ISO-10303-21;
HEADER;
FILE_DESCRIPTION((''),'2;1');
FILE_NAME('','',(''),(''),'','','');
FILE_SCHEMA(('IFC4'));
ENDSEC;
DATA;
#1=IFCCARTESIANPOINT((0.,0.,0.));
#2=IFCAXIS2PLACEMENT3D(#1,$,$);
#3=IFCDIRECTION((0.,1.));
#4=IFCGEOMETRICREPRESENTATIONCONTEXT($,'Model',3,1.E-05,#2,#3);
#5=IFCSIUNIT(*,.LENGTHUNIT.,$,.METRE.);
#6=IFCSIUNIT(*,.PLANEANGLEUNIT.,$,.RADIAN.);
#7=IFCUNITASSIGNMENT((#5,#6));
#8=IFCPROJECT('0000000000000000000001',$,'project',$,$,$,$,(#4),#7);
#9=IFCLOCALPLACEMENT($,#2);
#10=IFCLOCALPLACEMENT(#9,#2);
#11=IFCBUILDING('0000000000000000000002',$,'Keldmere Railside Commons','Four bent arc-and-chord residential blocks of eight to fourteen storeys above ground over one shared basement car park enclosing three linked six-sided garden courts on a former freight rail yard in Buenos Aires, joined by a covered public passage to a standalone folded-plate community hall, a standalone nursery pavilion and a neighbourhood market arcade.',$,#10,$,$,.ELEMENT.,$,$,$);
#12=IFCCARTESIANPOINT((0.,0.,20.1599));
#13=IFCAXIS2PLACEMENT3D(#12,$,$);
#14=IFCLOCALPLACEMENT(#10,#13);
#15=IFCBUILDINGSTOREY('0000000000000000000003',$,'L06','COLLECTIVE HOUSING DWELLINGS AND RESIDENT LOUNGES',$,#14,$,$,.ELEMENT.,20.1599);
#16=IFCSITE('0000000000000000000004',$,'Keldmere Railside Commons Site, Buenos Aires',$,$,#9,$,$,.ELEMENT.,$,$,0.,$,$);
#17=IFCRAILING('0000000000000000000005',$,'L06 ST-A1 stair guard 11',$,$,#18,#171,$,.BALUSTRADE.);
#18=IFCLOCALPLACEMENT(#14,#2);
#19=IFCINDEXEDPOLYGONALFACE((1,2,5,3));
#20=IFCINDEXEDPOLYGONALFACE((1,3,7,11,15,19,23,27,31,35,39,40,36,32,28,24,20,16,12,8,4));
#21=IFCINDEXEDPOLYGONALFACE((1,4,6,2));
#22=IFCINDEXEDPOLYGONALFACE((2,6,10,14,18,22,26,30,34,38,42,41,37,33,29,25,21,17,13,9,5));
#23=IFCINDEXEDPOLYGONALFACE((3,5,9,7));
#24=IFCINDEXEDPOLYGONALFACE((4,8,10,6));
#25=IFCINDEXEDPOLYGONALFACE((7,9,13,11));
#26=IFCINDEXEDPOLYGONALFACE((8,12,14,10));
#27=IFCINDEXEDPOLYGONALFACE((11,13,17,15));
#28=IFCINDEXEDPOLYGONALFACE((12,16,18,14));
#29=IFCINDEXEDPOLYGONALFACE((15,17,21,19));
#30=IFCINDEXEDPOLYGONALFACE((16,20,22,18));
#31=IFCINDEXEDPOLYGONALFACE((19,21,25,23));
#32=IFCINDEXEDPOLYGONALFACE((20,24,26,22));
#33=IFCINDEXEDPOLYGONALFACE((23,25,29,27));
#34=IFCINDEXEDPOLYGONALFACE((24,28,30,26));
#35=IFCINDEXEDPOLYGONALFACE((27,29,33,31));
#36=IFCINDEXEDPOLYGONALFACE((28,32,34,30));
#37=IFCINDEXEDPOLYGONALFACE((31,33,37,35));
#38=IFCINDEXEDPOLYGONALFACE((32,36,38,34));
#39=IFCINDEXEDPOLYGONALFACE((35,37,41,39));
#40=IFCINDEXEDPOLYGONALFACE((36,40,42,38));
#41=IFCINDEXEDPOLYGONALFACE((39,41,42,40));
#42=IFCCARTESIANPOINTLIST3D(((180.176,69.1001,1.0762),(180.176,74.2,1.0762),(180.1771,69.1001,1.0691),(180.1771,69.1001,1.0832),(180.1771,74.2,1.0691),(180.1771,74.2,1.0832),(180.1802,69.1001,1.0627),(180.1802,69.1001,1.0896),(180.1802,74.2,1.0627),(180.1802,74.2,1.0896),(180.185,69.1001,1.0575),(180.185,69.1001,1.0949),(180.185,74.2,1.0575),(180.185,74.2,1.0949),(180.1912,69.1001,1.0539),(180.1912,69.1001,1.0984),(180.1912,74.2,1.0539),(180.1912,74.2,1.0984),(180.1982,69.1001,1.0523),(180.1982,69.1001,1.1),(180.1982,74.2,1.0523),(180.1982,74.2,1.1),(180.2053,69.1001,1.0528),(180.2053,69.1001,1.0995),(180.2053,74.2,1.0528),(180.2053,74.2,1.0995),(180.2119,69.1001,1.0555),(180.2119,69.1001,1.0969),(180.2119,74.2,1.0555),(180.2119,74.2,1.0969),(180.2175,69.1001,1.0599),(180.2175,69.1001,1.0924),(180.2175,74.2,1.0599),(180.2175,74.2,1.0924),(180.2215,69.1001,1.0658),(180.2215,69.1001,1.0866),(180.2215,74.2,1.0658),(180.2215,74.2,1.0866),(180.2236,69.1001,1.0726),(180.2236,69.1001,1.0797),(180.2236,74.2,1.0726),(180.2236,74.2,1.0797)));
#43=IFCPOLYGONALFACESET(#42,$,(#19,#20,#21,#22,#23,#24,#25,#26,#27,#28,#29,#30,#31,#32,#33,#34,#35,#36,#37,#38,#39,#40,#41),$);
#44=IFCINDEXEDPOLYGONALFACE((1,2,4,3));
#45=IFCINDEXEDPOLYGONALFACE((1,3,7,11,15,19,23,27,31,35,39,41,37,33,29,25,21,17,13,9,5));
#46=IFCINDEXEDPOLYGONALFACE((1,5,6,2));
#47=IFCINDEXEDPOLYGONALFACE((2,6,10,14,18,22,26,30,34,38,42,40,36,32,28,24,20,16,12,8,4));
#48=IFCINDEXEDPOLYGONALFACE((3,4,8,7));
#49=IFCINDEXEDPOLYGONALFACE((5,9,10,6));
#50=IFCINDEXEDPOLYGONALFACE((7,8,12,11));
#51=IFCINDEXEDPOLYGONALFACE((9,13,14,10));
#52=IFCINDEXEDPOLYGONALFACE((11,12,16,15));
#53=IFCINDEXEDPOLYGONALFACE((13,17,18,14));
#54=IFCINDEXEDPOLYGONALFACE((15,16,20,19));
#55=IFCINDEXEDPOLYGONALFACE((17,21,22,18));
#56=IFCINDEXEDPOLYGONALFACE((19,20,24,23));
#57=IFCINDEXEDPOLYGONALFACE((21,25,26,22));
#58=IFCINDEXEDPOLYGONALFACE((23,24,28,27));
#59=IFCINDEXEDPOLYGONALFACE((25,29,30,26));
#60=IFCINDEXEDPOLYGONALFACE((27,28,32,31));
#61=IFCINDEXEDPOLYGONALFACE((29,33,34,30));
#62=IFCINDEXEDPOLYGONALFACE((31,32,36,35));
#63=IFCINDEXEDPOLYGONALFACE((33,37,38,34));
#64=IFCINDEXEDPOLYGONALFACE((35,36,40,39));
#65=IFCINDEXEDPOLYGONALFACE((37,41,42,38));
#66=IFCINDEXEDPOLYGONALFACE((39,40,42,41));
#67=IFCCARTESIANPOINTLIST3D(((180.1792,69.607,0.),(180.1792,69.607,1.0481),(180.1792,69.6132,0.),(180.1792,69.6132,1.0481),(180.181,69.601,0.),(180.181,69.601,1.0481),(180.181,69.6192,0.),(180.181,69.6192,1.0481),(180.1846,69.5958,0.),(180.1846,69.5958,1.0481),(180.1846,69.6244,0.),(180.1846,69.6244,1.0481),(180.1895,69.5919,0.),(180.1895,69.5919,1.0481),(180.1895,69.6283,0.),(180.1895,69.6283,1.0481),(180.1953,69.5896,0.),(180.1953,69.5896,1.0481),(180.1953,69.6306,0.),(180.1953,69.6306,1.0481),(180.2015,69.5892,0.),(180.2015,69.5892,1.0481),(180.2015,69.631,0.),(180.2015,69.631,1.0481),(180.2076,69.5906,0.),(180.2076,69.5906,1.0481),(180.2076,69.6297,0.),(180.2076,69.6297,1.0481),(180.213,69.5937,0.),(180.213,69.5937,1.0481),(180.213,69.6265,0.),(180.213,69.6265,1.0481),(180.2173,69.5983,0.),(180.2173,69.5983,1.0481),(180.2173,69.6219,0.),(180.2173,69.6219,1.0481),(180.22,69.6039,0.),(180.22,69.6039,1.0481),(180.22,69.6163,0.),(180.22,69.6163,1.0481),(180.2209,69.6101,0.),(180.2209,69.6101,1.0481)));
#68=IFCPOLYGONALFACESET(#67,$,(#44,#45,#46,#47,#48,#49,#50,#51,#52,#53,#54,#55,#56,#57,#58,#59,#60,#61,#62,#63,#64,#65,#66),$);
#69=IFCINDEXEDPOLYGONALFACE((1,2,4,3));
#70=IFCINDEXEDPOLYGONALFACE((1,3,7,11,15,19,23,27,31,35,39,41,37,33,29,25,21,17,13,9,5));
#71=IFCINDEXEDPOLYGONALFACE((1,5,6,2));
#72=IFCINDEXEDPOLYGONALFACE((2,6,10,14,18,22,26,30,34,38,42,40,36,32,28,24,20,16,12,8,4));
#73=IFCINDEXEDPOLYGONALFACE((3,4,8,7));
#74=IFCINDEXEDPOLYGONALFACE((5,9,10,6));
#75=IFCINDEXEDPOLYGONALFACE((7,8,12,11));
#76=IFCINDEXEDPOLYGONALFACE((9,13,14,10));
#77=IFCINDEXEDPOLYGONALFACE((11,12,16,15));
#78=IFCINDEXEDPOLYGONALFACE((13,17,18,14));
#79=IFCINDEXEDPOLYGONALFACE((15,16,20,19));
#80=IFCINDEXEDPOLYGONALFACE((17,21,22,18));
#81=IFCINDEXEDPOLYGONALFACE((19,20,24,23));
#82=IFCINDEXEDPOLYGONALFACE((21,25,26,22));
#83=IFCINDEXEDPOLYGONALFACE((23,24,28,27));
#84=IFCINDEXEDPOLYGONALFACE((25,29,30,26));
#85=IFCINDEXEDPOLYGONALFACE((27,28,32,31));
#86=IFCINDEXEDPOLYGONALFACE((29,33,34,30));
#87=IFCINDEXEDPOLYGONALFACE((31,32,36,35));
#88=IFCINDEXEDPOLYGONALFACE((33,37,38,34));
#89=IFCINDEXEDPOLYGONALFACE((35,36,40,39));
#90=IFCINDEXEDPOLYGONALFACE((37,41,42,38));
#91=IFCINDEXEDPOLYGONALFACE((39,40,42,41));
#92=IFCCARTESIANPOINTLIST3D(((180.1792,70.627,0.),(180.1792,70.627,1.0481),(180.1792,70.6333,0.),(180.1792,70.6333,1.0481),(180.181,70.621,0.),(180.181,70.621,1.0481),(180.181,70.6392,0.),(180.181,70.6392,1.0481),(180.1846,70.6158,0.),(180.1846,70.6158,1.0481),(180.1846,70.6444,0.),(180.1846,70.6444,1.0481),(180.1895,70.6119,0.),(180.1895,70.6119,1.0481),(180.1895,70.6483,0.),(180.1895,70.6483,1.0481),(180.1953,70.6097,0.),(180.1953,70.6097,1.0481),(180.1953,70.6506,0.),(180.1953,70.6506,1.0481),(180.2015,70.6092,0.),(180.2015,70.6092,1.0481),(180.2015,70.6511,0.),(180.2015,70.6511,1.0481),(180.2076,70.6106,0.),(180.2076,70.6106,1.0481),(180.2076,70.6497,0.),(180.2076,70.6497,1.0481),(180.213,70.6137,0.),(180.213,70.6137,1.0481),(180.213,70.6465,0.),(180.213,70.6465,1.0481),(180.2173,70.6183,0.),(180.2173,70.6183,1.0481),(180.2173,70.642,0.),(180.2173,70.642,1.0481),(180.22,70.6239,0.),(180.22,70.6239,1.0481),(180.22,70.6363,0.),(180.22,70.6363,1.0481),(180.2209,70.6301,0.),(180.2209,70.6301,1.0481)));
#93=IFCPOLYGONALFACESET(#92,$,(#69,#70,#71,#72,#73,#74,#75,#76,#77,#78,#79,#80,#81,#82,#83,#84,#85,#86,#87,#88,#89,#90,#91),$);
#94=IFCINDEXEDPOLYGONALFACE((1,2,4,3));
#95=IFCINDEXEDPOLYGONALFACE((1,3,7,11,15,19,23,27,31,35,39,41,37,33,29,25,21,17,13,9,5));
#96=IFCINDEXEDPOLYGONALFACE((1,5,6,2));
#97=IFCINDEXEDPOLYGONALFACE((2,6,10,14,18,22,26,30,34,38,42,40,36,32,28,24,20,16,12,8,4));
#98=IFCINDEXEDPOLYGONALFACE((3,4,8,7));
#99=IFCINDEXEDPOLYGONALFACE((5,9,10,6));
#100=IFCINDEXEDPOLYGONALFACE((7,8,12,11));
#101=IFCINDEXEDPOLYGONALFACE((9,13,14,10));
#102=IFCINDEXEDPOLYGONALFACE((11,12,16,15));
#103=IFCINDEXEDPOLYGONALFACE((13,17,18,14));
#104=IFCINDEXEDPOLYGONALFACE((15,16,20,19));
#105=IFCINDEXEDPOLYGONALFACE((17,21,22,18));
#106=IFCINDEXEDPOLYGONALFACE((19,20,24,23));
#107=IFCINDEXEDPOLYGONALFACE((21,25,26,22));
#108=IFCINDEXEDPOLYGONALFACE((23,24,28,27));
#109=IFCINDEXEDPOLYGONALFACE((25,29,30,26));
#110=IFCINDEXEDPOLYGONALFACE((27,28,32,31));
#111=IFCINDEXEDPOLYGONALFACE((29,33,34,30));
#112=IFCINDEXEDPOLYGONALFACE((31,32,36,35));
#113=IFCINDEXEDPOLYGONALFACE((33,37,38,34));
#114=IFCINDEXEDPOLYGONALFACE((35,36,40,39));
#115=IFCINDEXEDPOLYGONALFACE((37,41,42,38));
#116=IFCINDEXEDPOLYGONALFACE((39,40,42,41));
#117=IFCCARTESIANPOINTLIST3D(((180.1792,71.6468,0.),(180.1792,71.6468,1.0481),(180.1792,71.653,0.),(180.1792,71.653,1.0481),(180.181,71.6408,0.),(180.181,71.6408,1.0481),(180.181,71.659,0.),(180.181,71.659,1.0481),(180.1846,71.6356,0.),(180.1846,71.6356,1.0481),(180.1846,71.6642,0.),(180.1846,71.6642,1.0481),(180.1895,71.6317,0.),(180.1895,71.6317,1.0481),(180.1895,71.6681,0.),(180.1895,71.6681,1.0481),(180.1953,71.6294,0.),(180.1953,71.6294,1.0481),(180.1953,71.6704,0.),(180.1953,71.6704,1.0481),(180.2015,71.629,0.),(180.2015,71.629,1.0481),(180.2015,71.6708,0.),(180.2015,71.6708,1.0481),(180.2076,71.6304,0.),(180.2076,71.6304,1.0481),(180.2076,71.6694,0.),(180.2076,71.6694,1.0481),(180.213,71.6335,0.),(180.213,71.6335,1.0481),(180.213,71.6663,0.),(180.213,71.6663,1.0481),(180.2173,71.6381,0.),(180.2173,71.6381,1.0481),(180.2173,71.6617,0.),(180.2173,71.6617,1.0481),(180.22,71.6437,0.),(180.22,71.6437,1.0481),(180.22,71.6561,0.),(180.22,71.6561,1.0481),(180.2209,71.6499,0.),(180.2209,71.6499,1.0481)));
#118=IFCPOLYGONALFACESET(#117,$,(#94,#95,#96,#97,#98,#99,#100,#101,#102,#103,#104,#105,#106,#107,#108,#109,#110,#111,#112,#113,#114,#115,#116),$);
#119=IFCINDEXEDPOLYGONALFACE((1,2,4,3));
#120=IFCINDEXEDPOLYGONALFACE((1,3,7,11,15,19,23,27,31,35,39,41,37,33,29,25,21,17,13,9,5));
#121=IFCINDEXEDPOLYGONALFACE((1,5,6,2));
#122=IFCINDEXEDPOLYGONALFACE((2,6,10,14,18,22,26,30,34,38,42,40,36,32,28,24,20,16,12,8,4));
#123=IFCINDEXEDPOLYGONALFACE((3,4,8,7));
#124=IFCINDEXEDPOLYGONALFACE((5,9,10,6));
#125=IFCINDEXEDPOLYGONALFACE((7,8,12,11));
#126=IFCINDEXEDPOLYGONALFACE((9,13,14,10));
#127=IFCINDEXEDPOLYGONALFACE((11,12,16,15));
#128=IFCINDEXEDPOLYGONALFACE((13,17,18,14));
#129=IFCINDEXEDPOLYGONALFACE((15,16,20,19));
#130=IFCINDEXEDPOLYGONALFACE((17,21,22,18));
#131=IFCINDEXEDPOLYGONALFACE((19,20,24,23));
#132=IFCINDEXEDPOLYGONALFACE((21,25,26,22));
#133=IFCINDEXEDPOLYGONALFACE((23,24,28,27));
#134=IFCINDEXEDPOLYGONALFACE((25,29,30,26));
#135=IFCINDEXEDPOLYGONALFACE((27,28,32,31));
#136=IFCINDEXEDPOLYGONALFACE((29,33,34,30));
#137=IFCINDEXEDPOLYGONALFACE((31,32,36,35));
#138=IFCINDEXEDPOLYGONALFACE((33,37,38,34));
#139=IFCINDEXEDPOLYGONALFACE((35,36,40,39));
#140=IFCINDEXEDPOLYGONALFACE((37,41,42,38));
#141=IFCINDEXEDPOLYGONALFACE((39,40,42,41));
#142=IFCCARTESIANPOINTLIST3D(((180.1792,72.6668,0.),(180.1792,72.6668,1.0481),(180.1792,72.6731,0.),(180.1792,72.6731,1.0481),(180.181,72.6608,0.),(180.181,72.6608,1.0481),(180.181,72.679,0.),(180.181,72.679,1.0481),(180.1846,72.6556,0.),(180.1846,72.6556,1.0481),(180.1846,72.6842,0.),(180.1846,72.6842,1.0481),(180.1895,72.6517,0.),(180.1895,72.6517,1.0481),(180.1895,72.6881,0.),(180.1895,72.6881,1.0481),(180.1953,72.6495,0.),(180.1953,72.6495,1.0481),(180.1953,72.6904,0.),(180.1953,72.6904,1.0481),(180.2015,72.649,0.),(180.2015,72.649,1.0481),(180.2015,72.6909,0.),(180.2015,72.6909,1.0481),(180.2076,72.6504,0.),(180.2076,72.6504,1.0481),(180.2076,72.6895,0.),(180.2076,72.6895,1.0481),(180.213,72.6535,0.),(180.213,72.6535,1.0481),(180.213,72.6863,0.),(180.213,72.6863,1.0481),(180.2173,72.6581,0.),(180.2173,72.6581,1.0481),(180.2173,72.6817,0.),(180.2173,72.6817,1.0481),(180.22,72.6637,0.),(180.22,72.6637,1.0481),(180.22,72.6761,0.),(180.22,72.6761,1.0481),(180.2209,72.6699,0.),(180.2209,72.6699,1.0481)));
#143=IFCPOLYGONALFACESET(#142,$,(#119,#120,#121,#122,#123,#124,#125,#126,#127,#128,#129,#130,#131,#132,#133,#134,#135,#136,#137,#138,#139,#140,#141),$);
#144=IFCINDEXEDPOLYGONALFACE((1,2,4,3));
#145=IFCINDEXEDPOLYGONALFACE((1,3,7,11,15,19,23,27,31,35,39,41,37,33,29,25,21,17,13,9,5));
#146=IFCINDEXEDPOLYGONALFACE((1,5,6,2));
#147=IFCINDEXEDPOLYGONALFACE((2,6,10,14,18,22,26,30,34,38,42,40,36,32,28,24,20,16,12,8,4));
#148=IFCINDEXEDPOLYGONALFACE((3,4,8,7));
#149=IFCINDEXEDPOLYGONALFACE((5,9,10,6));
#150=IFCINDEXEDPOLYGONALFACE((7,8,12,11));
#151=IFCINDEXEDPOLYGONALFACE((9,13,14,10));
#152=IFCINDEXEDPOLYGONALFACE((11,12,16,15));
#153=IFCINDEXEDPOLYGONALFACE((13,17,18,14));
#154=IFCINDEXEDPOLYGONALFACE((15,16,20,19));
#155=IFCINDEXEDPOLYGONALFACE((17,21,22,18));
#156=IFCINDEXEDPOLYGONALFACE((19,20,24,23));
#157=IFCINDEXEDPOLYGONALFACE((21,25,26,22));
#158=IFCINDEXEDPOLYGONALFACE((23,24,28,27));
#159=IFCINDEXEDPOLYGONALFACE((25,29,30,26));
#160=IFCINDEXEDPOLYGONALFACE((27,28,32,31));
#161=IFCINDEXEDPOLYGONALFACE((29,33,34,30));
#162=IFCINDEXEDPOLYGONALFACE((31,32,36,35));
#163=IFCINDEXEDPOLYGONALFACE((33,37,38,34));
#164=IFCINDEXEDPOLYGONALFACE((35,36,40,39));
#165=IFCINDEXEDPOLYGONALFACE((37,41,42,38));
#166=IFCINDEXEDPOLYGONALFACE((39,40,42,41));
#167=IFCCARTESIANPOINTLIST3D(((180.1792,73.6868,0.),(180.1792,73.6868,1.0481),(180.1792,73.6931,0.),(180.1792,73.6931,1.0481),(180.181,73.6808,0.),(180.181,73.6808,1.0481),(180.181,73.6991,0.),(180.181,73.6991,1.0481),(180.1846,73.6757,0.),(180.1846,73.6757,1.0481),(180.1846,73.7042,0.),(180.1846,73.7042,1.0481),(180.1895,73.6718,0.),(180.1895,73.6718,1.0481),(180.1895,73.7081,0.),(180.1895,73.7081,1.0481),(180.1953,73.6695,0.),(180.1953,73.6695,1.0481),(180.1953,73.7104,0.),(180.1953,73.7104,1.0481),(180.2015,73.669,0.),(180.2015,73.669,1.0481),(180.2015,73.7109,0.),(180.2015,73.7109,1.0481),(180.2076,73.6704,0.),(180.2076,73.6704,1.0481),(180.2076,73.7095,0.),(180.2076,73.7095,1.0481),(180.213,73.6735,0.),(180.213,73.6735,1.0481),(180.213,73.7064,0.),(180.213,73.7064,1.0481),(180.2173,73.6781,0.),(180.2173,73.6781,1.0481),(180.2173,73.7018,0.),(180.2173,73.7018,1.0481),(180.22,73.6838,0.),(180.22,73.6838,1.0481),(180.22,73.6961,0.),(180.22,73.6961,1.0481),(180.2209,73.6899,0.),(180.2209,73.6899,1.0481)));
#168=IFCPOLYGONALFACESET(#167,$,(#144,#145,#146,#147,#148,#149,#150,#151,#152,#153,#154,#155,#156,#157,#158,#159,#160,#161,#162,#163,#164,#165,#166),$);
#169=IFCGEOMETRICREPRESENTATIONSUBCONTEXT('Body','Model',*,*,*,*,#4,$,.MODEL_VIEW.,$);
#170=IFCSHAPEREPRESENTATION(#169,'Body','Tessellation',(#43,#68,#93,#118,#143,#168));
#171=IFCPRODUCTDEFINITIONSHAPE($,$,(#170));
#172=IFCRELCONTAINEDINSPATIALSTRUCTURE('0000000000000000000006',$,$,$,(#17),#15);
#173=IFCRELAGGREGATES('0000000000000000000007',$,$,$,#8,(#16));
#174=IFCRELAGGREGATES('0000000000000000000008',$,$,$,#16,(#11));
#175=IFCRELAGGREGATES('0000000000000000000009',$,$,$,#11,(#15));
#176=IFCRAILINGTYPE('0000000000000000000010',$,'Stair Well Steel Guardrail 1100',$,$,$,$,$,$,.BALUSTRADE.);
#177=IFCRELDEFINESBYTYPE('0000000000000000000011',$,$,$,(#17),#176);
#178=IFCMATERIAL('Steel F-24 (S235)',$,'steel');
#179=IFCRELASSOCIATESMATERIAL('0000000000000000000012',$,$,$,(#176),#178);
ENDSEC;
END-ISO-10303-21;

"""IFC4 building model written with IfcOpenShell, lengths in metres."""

from ifc_helpers import new_model, si_unit, direction, frame, origin, origin_2d, place, context, subcontext, project, spatial, circle, extrude, material, type_object, element, save


model = new_model("IFC4")

# Units and contexts
model_context = context("Model", 3, precision=1e-05, world=origin(), true_north=direction((0.0, 1.0)))
body_context = subcontext(model_context, "Body", "Model", "MODEL_VIEW")
ifc_project = project(units=[si_unit("LENGTHUNIT", "METRE"), si_unit("PLANEANGLEUNIT", "RADIAN")], contexts=[model_context])

# Site, building, storey
site_placement = place(None, origin())
site = spatial("IfcSite", under=ifc_project, at=site_placement, Name="Keldmere Railside Commons Site, Buenos Aires", CompositionType="ELEMENT", RefElevation=0.0)
building_placement = place(site_placement, origin())
building = spatial("IfcBuilding", under=site, at=building_placement, Name="Keldmere Railside Commons", Description="Four bent arc-and-chord residential blocks of eight to fourteen storeys above ground over one shared basement car park enclosing three linked six-sided garden courts on a former freight rail yard in Buenos Aires, joined by a covered public passage to a standalone folded-plate community hall, a standalone nursery pavilion and a neighbourhood market arcade.", CompositionType="ELEMENT")
storey_placement = place(building_placement, frame((0.0, 0.0, 20.1599)))
storey = spatial("IfcBuildingStorey", under=building, at=storey_placement, Name="L06", Description="COLLECTIVE HOUSING DWELLINGS AND RESIDENT LOUNGES", CompositionType="ELEMENT", Elevation=20.1599)

# Shared definitions
ifc_material_1 = material(Name="Steel F-24 (S235)", Category="steel")

# Railing
railing_type_1 = type_object("IfcRailingType", Name="Stair Well Steel Guardrail 1100", PredefinedType="BALUSTRADE", material=ifc_material_1)
railing_1_placement = place(storey_placement, frame((180.2, 69.1001, 0.0)))
element("IfcRailing", 1, at=railing_1_placement, inside=storey, type_object=railing_type_1, Name="L06 ST-A1 stair guard 11", PredefinedType="BALUSTRADE", context=body_context, shape_type="SweptSolid", body=[
    extrude(circle(Radius=0.0239, at=origin_2d()), frame((0.0, 0.0, 1.0762), z_axis=(0.0, 1.0, 0.0), x_axis=(-1.0, 0.0, 0.0)), (0.0, 0.0, 1.0), 5.0999),
    extrude(circle(Radius=0.021, at=origin_2d()), frame((0.0, 0.51, 0.0)), (0.0, 0.0, 1.0), 1.0481),
    extrude(circle(Radius=0.021, at=origin_2d()), frame((0.0, 1.53, 0.0)), (0.0, 0.0, 1.0), 1.0481),
    extrude(circle(Radius=0.021, at=origin_2d()), frame((0.0, 2.5498, 0.0)), (0.0, 0.0, 1.0), 1.0481),
    extrude(circle(Radius=0.021, at=origin_2d()), frame((0.0, 3.5698, 0.0)), (0.0, 0.0, 1.0), 1.0481),
    extrude(circle(Radius=0.021, at=origin_2d()), frame((0.0, 4.5898, 0.0)), (0.0, 0.0, 1.0), 1.0481),
])

save(model, "model.ifc")
